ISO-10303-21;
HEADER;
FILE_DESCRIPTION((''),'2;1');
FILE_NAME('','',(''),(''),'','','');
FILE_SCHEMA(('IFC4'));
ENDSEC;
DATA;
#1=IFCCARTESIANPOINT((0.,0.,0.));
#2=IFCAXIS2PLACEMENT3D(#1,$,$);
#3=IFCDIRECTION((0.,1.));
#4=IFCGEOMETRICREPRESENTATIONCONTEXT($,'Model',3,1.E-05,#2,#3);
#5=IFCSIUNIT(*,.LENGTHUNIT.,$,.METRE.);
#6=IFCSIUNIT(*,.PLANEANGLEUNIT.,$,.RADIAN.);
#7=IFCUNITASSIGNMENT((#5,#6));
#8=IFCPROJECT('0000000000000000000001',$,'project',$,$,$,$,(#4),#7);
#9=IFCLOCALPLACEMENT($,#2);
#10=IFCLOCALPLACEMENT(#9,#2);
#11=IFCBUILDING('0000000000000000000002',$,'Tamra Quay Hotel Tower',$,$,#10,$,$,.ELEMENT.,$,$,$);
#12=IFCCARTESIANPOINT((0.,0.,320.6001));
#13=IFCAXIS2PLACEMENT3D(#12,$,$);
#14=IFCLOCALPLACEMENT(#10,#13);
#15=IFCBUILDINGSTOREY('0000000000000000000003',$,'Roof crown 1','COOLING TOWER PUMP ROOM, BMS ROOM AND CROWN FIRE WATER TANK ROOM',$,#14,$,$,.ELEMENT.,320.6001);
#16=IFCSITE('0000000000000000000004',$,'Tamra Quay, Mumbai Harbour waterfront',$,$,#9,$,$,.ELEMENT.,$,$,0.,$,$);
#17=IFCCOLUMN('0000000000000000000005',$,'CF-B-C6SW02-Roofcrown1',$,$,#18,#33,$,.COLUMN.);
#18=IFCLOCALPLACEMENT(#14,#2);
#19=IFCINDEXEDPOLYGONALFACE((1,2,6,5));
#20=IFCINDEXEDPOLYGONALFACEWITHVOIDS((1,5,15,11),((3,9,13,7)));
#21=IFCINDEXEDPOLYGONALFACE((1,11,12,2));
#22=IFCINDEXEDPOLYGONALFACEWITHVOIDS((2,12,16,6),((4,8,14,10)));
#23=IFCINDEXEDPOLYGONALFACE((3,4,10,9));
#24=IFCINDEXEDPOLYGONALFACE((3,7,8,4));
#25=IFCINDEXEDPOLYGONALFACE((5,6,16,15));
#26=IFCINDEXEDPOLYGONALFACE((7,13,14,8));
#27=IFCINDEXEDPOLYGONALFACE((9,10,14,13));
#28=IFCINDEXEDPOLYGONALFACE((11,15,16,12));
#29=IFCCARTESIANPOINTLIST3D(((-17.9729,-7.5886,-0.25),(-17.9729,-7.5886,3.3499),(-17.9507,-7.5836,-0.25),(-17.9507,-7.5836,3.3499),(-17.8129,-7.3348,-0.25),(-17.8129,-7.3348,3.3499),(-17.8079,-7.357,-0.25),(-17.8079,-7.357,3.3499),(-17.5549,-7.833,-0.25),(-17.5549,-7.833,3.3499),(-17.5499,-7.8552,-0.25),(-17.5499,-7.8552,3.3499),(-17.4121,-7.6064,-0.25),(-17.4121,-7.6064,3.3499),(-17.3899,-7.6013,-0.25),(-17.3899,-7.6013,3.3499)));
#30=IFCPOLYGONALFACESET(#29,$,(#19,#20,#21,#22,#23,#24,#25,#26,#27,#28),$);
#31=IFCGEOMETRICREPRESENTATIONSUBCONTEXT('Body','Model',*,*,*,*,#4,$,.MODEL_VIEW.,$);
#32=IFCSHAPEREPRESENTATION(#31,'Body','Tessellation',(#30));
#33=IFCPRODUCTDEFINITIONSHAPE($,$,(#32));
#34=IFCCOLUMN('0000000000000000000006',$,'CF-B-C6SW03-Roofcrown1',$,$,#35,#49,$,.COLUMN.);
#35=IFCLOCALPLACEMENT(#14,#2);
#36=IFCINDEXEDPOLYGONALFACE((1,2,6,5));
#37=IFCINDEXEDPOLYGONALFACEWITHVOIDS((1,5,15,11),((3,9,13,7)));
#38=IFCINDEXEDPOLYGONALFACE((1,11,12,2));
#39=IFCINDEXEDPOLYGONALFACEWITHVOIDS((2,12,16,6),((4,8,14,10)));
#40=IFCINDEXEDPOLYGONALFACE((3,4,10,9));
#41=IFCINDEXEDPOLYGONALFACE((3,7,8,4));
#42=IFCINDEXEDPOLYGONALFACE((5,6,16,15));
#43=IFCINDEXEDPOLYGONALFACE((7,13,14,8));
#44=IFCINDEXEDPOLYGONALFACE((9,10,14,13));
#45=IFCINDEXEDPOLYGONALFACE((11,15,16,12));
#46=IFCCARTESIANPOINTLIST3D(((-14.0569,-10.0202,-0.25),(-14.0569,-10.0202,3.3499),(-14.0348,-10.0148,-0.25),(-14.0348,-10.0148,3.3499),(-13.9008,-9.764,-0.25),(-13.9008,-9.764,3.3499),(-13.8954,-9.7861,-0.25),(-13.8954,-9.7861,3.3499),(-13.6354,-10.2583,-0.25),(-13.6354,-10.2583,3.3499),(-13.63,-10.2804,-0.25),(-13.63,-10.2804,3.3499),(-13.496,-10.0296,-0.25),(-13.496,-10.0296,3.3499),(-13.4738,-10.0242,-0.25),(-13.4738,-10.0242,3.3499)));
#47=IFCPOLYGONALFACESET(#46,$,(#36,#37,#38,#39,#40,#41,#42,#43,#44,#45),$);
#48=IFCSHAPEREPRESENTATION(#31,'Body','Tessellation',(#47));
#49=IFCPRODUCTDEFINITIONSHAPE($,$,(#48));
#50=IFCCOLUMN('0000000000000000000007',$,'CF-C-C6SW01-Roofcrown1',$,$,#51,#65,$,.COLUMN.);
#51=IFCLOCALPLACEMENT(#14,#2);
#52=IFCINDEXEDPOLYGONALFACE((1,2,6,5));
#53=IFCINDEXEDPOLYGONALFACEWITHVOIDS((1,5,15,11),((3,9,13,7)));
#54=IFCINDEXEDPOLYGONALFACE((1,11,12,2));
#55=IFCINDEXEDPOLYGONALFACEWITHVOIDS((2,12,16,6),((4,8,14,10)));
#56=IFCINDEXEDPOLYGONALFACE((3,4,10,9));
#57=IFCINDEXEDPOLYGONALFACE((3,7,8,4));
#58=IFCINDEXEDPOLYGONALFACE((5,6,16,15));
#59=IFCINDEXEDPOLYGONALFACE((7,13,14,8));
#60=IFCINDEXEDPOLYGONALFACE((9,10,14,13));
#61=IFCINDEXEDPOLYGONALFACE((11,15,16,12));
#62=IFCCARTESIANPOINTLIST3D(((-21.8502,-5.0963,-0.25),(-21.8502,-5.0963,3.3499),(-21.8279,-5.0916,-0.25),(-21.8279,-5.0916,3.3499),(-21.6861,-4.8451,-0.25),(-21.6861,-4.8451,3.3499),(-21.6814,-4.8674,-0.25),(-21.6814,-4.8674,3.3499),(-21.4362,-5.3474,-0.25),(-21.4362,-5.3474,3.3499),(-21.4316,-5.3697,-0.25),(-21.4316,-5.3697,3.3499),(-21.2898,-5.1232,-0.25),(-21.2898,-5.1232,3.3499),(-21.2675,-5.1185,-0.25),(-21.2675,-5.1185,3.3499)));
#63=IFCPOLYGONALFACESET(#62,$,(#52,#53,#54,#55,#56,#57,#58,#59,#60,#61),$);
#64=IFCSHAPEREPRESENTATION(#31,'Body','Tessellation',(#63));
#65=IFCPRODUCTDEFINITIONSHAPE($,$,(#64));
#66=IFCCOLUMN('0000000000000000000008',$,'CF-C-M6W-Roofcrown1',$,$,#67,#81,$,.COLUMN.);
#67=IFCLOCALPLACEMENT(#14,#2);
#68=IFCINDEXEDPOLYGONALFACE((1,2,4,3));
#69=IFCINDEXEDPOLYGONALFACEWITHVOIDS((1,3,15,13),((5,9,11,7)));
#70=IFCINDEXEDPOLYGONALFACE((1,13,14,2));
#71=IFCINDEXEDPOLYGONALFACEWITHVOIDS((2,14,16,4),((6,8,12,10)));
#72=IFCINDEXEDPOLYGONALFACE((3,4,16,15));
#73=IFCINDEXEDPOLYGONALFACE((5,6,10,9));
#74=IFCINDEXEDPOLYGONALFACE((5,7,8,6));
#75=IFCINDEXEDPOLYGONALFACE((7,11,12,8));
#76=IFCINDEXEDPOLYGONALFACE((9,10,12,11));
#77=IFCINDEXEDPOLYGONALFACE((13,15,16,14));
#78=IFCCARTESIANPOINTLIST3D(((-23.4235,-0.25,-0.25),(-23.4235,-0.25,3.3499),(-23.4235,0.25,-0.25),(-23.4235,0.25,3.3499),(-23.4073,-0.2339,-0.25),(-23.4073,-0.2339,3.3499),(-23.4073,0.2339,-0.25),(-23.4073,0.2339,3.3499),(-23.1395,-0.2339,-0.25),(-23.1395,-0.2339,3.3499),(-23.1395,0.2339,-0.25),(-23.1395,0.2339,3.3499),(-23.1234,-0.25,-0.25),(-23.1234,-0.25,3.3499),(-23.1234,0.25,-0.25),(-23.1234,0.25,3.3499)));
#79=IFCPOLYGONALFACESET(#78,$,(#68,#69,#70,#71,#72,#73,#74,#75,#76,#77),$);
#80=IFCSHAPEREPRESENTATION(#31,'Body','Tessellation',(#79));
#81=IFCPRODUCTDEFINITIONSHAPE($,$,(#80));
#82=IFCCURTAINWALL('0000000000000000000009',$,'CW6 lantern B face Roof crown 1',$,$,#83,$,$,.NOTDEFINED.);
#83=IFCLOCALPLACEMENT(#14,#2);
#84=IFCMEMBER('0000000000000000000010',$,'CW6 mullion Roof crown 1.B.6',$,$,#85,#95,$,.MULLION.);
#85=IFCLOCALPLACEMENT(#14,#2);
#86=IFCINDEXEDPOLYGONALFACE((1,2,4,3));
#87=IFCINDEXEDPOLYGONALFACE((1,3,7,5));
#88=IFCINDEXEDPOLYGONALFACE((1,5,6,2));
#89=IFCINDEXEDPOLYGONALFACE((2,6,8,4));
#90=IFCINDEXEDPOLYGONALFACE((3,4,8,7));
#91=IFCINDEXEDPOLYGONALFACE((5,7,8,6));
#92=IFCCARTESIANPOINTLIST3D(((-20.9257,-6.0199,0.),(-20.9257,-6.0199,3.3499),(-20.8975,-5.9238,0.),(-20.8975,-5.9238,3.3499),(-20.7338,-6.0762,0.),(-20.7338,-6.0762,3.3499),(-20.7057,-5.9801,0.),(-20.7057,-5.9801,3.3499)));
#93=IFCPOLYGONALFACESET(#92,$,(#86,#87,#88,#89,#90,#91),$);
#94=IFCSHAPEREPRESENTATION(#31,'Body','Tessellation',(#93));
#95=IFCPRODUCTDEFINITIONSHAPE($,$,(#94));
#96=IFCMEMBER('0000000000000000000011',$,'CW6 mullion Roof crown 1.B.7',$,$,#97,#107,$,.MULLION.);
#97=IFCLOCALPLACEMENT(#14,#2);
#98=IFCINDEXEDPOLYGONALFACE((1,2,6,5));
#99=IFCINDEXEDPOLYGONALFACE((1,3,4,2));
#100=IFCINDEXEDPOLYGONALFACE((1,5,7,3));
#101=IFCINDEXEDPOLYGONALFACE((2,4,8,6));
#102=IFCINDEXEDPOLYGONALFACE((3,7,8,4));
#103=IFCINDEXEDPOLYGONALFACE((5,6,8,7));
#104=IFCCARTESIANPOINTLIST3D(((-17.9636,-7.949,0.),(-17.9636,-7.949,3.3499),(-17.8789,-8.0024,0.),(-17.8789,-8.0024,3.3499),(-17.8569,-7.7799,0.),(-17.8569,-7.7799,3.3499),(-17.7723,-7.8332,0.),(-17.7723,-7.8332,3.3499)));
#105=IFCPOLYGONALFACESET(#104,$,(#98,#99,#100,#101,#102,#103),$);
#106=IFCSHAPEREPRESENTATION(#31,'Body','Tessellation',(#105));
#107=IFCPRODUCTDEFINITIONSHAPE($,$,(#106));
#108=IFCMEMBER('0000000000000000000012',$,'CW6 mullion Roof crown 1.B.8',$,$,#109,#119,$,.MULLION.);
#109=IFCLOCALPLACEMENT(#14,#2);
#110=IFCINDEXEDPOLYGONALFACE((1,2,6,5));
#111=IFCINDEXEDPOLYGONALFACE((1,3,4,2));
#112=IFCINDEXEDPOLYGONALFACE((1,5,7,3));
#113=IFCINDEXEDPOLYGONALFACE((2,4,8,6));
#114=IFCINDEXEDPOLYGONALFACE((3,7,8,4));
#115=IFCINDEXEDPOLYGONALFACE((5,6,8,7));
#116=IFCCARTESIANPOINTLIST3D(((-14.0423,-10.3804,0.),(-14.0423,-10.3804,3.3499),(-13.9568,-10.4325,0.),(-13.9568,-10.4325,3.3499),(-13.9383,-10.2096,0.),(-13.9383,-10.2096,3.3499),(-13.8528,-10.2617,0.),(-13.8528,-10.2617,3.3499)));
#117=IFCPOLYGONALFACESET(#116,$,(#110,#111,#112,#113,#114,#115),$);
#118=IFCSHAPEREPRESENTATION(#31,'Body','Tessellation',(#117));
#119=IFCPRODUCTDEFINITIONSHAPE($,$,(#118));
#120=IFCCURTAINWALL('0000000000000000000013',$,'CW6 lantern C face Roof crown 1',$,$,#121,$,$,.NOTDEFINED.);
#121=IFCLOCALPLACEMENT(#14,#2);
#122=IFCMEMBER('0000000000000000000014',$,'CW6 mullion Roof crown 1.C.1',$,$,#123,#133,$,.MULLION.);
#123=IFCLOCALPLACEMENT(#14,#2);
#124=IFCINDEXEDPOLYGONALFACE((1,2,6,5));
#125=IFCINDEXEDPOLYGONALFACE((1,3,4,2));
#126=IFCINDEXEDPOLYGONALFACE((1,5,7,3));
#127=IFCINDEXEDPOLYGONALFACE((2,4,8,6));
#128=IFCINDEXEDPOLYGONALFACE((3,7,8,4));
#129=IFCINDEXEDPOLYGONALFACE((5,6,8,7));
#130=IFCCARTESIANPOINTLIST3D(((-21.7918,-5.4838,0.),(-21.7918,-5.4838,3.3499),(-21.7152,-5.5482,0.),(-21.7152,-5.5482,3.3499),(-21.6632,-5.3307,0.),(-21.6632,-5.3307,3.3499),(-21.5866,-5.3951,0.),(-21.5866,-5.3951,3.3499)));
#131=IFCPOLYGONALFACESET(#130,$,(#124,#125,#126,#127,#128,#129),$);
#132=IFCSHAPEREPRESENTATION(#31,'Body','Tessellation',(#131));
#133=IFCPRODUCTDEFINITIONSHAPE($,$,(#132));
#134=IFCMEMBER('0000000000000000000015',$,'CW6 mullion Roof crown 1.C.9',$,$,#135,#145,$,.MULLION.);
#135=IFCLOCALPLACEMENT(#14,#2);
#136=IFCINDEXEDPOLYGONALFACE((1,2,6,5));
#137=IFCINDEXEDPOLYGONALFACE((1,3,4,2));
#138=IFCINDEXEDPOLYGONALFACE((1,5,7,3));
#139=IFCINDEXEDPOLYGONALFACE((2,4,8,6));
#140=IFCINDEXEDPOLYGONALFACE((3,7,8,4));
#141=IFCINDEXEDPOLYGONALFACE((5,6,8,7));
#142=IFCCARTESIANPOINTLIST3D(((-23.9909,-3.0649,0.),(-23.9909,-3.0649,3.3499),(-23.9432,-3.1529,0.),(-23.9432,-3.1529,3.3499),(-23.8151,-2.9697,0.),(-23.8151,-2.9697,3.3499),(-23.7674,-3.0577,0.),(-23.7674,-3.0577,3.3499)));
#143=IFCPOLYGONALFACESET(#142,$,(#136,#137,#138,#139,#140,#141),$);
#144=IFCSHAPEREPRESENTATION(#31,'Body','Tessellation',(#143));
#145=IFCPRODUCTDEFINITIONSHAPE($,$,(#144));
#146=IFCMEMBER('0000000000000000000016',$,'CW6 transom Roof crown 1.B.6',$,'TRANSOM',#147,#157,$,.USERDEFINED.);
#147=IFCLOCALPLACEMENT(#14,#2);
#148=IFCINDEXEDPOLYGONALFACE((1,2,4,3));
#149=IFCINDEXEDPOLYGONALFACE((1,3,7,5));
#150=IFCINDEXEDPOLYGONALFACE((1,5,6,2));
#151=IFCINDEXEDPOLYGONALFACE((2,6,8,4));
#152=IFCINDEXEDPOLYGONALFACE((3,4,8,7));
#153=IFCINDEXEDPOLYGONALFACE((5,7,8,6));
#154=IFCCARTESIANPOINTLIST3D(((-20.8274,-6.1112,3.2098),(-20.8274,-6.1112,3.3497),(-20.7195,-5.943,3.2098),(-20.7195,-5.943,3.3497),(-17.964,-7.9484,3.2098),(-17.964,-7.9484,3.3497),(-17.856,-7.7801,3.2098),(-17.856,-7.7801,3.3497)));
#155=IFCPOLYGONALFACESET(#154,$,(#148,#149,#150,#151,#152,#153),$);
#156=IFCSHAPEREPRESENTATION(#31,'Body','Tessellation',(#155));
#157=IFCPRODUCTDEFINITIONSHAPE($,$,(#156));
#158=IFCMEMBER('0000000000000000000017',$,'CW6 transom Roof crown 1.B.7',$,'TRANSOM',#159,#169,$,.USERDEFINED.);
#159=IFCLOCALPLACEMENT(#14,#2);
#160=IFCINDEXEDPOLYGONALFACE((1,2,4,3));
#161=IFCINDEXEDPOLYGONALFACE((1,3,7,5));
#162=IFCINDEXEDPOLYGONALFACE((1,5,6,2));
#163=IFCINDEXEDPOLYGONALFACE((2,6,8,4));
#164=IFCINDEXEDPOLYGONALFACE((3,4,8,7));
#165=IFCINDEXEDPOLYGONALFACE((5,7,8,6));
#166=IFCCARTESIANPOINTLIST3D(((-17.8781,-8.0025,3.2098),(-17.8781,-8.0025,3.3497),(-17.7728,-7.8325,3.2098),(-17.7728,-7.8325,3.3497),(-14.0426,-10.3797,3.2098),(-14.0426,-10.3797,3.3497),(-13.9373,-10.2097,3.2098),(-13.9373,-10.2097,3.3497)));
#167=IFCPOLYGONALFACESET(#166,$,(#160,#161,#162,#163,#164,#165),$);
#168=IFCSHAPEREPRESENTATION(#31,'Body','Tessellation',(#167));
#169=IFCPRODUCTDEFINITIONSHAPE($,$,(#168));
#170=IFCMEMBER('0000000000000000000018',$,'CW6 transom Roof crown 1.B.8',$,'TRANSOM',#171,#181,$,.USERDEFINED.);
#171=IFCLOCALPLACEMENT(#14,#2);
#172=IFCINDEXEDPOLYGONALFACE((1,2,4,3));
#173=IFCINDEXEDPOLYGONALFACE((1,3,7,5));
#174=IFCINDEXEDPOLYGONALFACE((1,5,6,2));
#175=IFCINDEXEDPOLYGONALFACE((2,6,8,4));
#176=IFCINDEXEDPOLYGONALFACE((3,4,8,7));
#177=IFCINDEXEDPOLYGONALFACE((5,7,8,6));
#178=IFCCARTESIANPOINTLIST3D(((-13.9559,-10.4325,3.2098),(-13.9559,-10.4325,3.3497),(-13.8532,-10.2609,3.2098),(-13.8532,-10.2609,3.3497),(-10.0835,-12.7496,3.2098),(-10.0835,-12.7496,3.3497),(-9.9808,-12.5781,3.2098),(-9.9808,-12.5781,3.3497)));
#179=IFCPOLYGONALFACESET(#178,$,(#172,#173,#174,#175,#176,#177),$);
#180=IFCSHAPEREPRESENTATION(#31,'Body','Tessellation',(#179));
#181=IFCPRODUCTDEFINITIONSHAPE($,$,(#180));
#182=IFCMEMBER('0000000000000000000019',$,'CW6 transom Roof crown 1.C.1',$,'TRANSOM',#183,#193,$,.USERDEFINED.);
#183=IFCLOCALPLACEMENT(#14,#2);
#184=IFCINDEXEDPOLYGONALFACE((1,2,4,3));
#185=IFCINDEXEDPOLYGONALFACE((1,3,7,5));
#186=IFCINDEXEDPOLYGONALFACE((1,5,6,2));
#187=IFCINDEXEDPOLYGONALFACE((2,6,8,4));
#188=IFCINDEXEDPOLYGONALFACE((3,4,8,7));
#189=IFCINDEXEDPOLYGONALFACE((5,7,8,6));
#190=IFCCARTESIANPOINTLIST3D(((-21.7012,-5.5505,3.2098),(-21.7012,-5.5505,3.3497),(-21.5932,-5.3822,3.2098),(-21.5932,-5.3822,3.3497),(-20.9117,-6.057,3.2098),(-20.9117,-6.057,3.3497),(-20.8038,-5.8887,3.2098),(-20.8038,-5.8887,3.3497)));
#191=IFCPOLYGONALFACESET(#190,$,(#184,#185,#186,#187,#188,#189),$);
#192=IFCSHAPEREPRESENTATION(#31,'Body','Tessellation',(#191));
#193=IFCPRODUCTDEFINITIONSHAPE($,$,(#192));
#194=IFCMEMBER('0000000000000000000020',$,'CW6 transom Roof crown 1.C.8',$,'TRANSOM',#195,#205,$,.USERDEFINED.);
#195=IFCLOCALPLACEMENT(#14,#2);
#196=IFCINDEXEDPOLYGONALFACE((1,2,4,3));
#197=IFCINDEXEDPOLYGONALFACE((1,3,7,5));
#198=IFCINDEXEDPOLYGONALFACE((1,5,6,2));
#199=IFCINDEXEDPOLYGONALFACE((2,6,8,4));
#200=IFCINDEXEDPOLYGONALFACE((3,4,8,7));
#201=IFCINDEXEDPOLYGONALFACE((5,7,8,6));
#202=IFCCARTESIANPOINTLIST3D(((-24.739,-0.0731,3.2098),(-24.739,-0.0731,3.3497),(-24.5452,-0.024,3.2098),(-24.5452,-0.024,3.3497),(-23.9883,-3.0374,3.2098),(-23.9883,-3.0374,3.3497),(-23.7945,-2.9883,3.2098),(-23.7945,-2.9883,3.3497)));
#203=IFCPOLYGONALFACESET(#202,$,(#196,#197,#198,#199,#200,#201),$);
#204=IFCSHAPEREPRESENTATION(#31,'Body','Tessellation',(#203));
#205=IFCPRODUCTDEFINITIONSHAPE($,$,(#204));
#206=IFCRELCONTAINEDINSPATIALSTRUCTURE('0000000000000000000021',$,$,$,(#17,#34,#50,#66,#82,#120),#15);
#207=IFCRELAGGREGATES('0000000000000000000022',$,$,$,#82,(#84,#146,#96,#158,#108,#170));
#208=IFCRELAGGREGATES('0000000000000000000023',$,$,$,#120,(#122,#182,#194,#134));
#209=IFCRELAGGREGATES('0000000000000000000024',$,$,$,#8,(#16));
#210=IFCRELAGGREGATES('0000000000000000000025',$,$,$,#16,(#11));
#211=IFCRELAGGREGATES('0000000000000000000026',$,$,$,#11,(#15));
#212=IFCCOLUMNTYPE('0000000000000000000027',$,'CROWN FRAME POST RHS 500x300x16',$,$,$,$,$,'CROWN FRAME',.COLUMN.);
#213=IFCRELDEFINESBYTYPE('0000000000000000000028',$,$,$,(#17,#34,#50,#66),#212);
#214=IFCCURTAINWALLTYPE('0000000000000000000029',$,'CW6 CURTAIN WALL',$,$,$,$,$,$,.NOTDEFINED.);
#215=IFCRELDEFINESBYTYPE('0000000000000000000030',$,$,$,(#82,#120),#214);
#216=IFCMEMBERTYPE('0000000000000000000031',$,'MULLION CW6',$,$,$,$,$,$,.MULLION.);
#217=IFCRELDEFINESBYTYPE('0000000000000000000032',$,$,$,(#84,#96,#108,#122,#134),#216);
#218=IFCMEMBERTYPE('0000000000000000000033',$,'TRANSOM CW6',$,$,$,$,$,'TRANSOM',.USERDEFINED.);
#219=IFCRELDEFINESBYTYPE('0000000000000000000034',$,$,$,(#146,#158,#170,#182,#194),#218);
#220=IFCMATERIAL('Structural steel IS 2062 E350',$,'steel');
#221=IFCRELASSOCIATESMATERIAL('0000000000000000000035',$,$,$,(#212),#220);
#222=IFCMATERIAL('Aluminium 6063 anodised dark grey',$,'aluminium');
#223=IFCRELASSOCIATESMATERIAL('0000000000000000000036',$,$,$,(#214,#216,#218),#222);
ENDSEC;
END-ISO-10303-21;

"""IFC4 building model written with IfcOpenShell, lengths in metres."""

from ifc_helpers import new_model, si_unit, direction, frame, origin, origin_2d, place, context, subcontext, project, spatial, rectangle, hollow_rectangle, extrude, material, material_profile, profile_set, type_object, element, aggregate, save


model = new_model("IFC4")

# Units and contexts
model_context = context("Model", 3, precision=1e-05, world=origin(), true_north=direction((0.0, 1.0)))
body_context = subcontext(model_context, "Body", "Model", "MODEL_VIEW")
ifc_project = project(units=[si_unit("LENGTHUNIT", "METRE"), si_unit("PLANEANGLEUNIT", "RADIAN")], contexts=[model_context])

# Site, building, storey
site_placement = place(None, origin())
site = spatial("IfcSite", under=ifc_project, at=site_placement, Name="Tamra Quay, Mumbai Harbour waterfront", CompositionType="ELEMENT", RefElevation=0.0)
building_placement = place(site_placement, origin())
building = spatial("IfcBuilding", under=site, at=building_placement, Name="Tamra Quay Hotel Tower", CompositionType="ELEMENT")
storey_placement = place(building_placement, frame((0.0, 0.0, 320.6001)))
storey = spatial("IfcBuildingStorey", under=building, at=storey_placement, Name="Roof crown 1", Description="COOLING TOWER PUMP ROOM, BMS ROOM AND CROWN FIRE WATER TANK ROOM", CompositionType="ELEMENT", Elevation=320.6001)

# Columns
ifc_material_1 = material(Name="Structural steel IS 2062 E350", Category="steel")
ifc_material_profile_1 = material_profile(ifc_material_1, hollow_rectangle(XDim=0.3, YDim=0.5, WallThickness=0.0161, at=origin_2d()), Name="RHS 500x300x16")
ifc_profile_set_1 = profile_set([ifc_material_profile_1], Name="Structural steel IS 2062 E350")
column_type = type_object("IfcColumnType", Name="CROWN FRAME POST RHS 500x300x16", ElementType="CROWN FRAME", PredefinedType="COLUMN", material=ifc_profile_set_1)
for number, where, z_axis, x_axis, name in (
    (1, (-17.6814, -7.595, -0.25), (0.0, 0.0, 1.0), (0.533133, 0.846031, 0.0), "CF-B-C6SW02-Roofcrown1"),
    (2, (-13.7654, -10.0222, -0.25), (0.0, 0.0, 1.0), (0.52043, 0.853904, 0.0), "CF-B-C6SW03-Roofcrown1"),
    (3, (-21.5588, -5.1074, -0.25), (0.0, 0.0, 1.0), (0.546805, 0.83726, 0.0), "CF-C-C6SW01-Roofcrown1"),
    (4, (-23.2734, 0.0, -0.25), (0.0, 0.0, 1.0), (1.0, 0.0, 0.0), "CF-C-M6W-Roofcrown1"),
):
    element("IfcColumn", number, at=place(storey_placement, frame(where, z_axis=z_axis, x_axis=x_axis)), inside=storey, type_object=column_type, Name=name, PredefinedType="COLUMN", context=body_context, shape_type="SweptSolid", body=[
        extrude(hollow_rectangle(XDim=0.3, YDim=0.5, WallThickness=0.0161, at=origin_2d()), origin(), (0.0, 0.0, 1.0), 3.5999),
    ])

# Curtain walls, members
ifc_material_2 = material(Name="Aluminium 6063 anodised dark grey", Category="aluminium")
curtain_wall_type = type_object("IfcCurtainWallType", Name="CW6 CURTAIN WALL", PredefinedType="NOTDEFINED", material=ifc_material_2)
curtain_wall_1_placement = place(storey_placement, origin())
curtain_wall_1 = element("IfcCurtainWall", 5, at=curtain_wall_1_placement, inside=storey, type_object=curtain_wall_type, Name="CW6 lantern B face Roof crown 1", PredefinedType="NOTDEFINED")
ifc_material_profile_2 = material_profile(ifc_material_2, rectangle(XDim=0.2, YDim=0.1001, at=origin_2d()), Name="MULLION 100X200")
ifc_profile_set_2 = profile_set([ifc_material_profile_2], Name="Aluminium 6063 anodised dark grey")
member_type_1 = type_object("IfcMemberType", Name="MULLION CW6", PredefinedType="MULLION", material=ifc_profile_set_2)
member_1_placement = place(storey_placement, frame((-20.8157, -6.0, 0.0), z_axis=(0.0, 0.0, 1.0), x_axis=(-0.9596, 0.281367, 0.0)))
member_1 = element("IfcMember", 6, at=member_1_placement, type_object=member_type_1, Name="CW6 mullion Roof crown 1.B.6", PredefinedType="MULLION", context=body_context, shape_type="SweptSolid", body=[
    extrude(rectangle(XDim=0.2, YDim=0.1001, at=origin_2d()), origin(), (0.0, 0.0, 1.0), 3.3499),
])
member_2_placement = place(storey_placement, frame((-17.8679, -7.8911, 0.0), z_axis=(0.0, 0.0, 1.0), x_axis=(-0.533422, -0.845849, 0.0)))
member_2 = element("IfcMember", 7, at=member_2_placement, type_object=member_type_1, Name="CW6 mullion Roof crown 1.B.7", PredefinedType="MULLION", context=body_context, shape_type="SweptSolid", body=[
    extrude(rectangle(XDim=0.2, YDim=0.1001, at=origin_2d()), origin(), (0.0, 0.0, 1.0), 3.3499),
])
member_3_placement = place(storey_placement, frame((-13.9475, -10.321, 0.0), z_axis=(0.0, 0.0, 1.0), x_axis=(-0.52016, -0.854069, 0.0)))
member_3 = element("IfcMember", 8, at=member_3_placement, type_object=member_type_1, Name="CW6 mullion Roof crown 1.B.8", PredefinedType="MULLION", context=body_context, shape_type="SweptSolid", body=[
    extrude(rectangle(XDim=0.2, YDim=0.1001, at=origin_2d()), origin(), (0.0, 0.0, 1.0), 3.3499),
])
curtain_wall_2_placement = place(storey_placement, origin())
curtain_wall_2 = element("IfcCurtainWall", 9, at=curtain_wall_2_placement, inside=storey, type_object=curtain_wall_type, Name="CW6 lantern C face Roof crown 1", PredefinedType="NOTDEFINED")
member_4_placement = place(storey_placement, frame((-21.6892, -5.4395, 0.0), z_axis=(0.0, 0.0, 1.0), x_axis=(-0.643086, -0.765794, 0.0)))
member_4 = element("IfcMember", 10, at=member_4_placement, type_object=member_type_1, Name="CW6 mullion Roof crown 1.C.1", PredefinedType="MULLION", context=body_context, shape_type="SweptSolid", body=[
    extrude(rectangle(XDim=0.2, YDim=0.1001, at=origin_2d()), origin(), (0.0, 0.0, 1.0), 3.3499),
])
member_5_placement = place(storey_placement, frame((-23.8792, -3.0613, 0.0), z_axis=(0.0, 0.0, 1.0), x_axis=(-0.879433, -0.476023, 0.0)))
member_5 = element("IfcMember", 11, at=member_5_placement, type_object=member_type_1, Name="CW6 mullion Roof crown 1.C.9", PredefinedType="MULLION", context=body_context, shape_type="SweptSolid", body=[
    extrude(rectangle(XDim=0.2, YDim=0.1001, at=origin_2d()), origin(), (0.0, 0.0, 1.0), 3.3499),
])

# Members
ifc_material_profile_3 = material_profile(ifc_material_2, rectangle(XDim=0.2, YDim=0.1399, at=origin_2d()), Name="TRANSOM 200X140")
ifc_profile_set_3 = profile_set([ifc_material_profile_3], Name="Aluminium 6063 anodised dark grey")
member_type_2 = type_object("IfcMemberType", Name="TRANSOM CW6", ElementType="TRANSOM", PredefinedType="USERDEFINED", material=ifc_profile_set_3)
member_6_placement = place(storey_placement, frame((-20.7734, -6.0271, 3.2798), z_axis=(0.84167, -0.539992, 0.0), x_axis=(0.539992, 0.84167, 0.0)))
member_6 = element("IfcMember", 12, at=member_6_placement, type_object=member_type_2, Name="CW6 transom Roof crown 1.B.6", ObjectType="TRANSOM", PredefinedType="USERDEFINED", context=body_context, shape_type="SweptSolid", body=[
    extrude(rectangle(XDim=0.2, YDim=0.1399, at=origin_2d()), origin(), (0.0, 0.0, 1.0), 3.4021),
])
member_7_placement = place(storey_placement, frame((-17.8254, -7.9175, 3.2798), z_axis=(0.84998, -0.526815, 0.0), x_axis=(0.526815, 0.84998, 0.0)))
member_7 = element("IfcMember", 13, at=member_7_placement, type_object=member_type_2, Name="CW6 transom Roof crown 1.B.7", ObjectType="TRANSOM", PredefinedType="USERDEFINED", context=body_context, shape_type="SweptSolid", body=[
    extrude(rectangle(XDim=0.2, YDim=0.1399, at=origin_2d()), origin(), (0.0, 0.0, 1.0), 4.5125),
])
member_8_placement = place(storey_placement, frame((-13.9045, -10.3467, 3.2798), z_axis=(0.858103, -0.513477, 0.0), x_axis=(0.513477, 0.858103, 0.0)))
member_8 = element("IfcMember", 14, at=member_8_placement, type_object=member_type_2, Name="CW6 transom Roof crown 1.B.8", ObjectType="TRANSOM", PredefinedType="USERDEFINED", context=body_context, shape_type="SweptSolid", body=[
    extrude(rectangle(XDim=0.2, YDim=0.1399, at=origin_2d()), origin(), (0.0, 0.0, 1.0), 4.5127),
])
member_9_placement = place(storey_placement, frame((-21.6472, -5.4663, 3.2798), z_axis=(0.841652, -0.540021, 0.0), x_axis=(0.540021, 0.841652, 0.0)))
member_9 = element("IfcMember", 15, at=member_9_placement, type_object=member_type_2, Name="CW6 transom Roof crown 1.C.1", ObjectType="TRANSOM", PredefinedType="USERDEFINED", context=body_context, shape_type="SweptSolid", body=[
    extrude(rectangle(XDim=0.2, YDim=0.1399, at=origin_2d()), origin(), (0.0, 0.0, 1.0), 0.938),
])
member_10_placement = place(storey_placement, frame((-24.6421, -0.0486, 3.2798), z_axis=(0.245503, -0.969396, 0.0), x_axis=(0.969396, 0.245503, 0.0)))
member_10 = element("IfcMember", 16, at=member_10_placement, type_object=member_type_2, Name="CW6 transom Roof crown 1.C.8", ObjectType="TRANSOM", PredefinedType="USERDEFINED", context=body_context, shape_type="SweptSolid", body=[
    extrude(rectangle(XDim=0.2, YDim=0.1399, at=origin_2d()), origin(), (0.0, 0.0, 1.0), 3.0579),
])

aggregate(curtain_wall_1, [member_1, member_6, member_2, member_7, member_3, member_8])
aggregate(curtain_wall_2, [member_4, member_9, member_10, member_5])

save(model, "model.ifc")
